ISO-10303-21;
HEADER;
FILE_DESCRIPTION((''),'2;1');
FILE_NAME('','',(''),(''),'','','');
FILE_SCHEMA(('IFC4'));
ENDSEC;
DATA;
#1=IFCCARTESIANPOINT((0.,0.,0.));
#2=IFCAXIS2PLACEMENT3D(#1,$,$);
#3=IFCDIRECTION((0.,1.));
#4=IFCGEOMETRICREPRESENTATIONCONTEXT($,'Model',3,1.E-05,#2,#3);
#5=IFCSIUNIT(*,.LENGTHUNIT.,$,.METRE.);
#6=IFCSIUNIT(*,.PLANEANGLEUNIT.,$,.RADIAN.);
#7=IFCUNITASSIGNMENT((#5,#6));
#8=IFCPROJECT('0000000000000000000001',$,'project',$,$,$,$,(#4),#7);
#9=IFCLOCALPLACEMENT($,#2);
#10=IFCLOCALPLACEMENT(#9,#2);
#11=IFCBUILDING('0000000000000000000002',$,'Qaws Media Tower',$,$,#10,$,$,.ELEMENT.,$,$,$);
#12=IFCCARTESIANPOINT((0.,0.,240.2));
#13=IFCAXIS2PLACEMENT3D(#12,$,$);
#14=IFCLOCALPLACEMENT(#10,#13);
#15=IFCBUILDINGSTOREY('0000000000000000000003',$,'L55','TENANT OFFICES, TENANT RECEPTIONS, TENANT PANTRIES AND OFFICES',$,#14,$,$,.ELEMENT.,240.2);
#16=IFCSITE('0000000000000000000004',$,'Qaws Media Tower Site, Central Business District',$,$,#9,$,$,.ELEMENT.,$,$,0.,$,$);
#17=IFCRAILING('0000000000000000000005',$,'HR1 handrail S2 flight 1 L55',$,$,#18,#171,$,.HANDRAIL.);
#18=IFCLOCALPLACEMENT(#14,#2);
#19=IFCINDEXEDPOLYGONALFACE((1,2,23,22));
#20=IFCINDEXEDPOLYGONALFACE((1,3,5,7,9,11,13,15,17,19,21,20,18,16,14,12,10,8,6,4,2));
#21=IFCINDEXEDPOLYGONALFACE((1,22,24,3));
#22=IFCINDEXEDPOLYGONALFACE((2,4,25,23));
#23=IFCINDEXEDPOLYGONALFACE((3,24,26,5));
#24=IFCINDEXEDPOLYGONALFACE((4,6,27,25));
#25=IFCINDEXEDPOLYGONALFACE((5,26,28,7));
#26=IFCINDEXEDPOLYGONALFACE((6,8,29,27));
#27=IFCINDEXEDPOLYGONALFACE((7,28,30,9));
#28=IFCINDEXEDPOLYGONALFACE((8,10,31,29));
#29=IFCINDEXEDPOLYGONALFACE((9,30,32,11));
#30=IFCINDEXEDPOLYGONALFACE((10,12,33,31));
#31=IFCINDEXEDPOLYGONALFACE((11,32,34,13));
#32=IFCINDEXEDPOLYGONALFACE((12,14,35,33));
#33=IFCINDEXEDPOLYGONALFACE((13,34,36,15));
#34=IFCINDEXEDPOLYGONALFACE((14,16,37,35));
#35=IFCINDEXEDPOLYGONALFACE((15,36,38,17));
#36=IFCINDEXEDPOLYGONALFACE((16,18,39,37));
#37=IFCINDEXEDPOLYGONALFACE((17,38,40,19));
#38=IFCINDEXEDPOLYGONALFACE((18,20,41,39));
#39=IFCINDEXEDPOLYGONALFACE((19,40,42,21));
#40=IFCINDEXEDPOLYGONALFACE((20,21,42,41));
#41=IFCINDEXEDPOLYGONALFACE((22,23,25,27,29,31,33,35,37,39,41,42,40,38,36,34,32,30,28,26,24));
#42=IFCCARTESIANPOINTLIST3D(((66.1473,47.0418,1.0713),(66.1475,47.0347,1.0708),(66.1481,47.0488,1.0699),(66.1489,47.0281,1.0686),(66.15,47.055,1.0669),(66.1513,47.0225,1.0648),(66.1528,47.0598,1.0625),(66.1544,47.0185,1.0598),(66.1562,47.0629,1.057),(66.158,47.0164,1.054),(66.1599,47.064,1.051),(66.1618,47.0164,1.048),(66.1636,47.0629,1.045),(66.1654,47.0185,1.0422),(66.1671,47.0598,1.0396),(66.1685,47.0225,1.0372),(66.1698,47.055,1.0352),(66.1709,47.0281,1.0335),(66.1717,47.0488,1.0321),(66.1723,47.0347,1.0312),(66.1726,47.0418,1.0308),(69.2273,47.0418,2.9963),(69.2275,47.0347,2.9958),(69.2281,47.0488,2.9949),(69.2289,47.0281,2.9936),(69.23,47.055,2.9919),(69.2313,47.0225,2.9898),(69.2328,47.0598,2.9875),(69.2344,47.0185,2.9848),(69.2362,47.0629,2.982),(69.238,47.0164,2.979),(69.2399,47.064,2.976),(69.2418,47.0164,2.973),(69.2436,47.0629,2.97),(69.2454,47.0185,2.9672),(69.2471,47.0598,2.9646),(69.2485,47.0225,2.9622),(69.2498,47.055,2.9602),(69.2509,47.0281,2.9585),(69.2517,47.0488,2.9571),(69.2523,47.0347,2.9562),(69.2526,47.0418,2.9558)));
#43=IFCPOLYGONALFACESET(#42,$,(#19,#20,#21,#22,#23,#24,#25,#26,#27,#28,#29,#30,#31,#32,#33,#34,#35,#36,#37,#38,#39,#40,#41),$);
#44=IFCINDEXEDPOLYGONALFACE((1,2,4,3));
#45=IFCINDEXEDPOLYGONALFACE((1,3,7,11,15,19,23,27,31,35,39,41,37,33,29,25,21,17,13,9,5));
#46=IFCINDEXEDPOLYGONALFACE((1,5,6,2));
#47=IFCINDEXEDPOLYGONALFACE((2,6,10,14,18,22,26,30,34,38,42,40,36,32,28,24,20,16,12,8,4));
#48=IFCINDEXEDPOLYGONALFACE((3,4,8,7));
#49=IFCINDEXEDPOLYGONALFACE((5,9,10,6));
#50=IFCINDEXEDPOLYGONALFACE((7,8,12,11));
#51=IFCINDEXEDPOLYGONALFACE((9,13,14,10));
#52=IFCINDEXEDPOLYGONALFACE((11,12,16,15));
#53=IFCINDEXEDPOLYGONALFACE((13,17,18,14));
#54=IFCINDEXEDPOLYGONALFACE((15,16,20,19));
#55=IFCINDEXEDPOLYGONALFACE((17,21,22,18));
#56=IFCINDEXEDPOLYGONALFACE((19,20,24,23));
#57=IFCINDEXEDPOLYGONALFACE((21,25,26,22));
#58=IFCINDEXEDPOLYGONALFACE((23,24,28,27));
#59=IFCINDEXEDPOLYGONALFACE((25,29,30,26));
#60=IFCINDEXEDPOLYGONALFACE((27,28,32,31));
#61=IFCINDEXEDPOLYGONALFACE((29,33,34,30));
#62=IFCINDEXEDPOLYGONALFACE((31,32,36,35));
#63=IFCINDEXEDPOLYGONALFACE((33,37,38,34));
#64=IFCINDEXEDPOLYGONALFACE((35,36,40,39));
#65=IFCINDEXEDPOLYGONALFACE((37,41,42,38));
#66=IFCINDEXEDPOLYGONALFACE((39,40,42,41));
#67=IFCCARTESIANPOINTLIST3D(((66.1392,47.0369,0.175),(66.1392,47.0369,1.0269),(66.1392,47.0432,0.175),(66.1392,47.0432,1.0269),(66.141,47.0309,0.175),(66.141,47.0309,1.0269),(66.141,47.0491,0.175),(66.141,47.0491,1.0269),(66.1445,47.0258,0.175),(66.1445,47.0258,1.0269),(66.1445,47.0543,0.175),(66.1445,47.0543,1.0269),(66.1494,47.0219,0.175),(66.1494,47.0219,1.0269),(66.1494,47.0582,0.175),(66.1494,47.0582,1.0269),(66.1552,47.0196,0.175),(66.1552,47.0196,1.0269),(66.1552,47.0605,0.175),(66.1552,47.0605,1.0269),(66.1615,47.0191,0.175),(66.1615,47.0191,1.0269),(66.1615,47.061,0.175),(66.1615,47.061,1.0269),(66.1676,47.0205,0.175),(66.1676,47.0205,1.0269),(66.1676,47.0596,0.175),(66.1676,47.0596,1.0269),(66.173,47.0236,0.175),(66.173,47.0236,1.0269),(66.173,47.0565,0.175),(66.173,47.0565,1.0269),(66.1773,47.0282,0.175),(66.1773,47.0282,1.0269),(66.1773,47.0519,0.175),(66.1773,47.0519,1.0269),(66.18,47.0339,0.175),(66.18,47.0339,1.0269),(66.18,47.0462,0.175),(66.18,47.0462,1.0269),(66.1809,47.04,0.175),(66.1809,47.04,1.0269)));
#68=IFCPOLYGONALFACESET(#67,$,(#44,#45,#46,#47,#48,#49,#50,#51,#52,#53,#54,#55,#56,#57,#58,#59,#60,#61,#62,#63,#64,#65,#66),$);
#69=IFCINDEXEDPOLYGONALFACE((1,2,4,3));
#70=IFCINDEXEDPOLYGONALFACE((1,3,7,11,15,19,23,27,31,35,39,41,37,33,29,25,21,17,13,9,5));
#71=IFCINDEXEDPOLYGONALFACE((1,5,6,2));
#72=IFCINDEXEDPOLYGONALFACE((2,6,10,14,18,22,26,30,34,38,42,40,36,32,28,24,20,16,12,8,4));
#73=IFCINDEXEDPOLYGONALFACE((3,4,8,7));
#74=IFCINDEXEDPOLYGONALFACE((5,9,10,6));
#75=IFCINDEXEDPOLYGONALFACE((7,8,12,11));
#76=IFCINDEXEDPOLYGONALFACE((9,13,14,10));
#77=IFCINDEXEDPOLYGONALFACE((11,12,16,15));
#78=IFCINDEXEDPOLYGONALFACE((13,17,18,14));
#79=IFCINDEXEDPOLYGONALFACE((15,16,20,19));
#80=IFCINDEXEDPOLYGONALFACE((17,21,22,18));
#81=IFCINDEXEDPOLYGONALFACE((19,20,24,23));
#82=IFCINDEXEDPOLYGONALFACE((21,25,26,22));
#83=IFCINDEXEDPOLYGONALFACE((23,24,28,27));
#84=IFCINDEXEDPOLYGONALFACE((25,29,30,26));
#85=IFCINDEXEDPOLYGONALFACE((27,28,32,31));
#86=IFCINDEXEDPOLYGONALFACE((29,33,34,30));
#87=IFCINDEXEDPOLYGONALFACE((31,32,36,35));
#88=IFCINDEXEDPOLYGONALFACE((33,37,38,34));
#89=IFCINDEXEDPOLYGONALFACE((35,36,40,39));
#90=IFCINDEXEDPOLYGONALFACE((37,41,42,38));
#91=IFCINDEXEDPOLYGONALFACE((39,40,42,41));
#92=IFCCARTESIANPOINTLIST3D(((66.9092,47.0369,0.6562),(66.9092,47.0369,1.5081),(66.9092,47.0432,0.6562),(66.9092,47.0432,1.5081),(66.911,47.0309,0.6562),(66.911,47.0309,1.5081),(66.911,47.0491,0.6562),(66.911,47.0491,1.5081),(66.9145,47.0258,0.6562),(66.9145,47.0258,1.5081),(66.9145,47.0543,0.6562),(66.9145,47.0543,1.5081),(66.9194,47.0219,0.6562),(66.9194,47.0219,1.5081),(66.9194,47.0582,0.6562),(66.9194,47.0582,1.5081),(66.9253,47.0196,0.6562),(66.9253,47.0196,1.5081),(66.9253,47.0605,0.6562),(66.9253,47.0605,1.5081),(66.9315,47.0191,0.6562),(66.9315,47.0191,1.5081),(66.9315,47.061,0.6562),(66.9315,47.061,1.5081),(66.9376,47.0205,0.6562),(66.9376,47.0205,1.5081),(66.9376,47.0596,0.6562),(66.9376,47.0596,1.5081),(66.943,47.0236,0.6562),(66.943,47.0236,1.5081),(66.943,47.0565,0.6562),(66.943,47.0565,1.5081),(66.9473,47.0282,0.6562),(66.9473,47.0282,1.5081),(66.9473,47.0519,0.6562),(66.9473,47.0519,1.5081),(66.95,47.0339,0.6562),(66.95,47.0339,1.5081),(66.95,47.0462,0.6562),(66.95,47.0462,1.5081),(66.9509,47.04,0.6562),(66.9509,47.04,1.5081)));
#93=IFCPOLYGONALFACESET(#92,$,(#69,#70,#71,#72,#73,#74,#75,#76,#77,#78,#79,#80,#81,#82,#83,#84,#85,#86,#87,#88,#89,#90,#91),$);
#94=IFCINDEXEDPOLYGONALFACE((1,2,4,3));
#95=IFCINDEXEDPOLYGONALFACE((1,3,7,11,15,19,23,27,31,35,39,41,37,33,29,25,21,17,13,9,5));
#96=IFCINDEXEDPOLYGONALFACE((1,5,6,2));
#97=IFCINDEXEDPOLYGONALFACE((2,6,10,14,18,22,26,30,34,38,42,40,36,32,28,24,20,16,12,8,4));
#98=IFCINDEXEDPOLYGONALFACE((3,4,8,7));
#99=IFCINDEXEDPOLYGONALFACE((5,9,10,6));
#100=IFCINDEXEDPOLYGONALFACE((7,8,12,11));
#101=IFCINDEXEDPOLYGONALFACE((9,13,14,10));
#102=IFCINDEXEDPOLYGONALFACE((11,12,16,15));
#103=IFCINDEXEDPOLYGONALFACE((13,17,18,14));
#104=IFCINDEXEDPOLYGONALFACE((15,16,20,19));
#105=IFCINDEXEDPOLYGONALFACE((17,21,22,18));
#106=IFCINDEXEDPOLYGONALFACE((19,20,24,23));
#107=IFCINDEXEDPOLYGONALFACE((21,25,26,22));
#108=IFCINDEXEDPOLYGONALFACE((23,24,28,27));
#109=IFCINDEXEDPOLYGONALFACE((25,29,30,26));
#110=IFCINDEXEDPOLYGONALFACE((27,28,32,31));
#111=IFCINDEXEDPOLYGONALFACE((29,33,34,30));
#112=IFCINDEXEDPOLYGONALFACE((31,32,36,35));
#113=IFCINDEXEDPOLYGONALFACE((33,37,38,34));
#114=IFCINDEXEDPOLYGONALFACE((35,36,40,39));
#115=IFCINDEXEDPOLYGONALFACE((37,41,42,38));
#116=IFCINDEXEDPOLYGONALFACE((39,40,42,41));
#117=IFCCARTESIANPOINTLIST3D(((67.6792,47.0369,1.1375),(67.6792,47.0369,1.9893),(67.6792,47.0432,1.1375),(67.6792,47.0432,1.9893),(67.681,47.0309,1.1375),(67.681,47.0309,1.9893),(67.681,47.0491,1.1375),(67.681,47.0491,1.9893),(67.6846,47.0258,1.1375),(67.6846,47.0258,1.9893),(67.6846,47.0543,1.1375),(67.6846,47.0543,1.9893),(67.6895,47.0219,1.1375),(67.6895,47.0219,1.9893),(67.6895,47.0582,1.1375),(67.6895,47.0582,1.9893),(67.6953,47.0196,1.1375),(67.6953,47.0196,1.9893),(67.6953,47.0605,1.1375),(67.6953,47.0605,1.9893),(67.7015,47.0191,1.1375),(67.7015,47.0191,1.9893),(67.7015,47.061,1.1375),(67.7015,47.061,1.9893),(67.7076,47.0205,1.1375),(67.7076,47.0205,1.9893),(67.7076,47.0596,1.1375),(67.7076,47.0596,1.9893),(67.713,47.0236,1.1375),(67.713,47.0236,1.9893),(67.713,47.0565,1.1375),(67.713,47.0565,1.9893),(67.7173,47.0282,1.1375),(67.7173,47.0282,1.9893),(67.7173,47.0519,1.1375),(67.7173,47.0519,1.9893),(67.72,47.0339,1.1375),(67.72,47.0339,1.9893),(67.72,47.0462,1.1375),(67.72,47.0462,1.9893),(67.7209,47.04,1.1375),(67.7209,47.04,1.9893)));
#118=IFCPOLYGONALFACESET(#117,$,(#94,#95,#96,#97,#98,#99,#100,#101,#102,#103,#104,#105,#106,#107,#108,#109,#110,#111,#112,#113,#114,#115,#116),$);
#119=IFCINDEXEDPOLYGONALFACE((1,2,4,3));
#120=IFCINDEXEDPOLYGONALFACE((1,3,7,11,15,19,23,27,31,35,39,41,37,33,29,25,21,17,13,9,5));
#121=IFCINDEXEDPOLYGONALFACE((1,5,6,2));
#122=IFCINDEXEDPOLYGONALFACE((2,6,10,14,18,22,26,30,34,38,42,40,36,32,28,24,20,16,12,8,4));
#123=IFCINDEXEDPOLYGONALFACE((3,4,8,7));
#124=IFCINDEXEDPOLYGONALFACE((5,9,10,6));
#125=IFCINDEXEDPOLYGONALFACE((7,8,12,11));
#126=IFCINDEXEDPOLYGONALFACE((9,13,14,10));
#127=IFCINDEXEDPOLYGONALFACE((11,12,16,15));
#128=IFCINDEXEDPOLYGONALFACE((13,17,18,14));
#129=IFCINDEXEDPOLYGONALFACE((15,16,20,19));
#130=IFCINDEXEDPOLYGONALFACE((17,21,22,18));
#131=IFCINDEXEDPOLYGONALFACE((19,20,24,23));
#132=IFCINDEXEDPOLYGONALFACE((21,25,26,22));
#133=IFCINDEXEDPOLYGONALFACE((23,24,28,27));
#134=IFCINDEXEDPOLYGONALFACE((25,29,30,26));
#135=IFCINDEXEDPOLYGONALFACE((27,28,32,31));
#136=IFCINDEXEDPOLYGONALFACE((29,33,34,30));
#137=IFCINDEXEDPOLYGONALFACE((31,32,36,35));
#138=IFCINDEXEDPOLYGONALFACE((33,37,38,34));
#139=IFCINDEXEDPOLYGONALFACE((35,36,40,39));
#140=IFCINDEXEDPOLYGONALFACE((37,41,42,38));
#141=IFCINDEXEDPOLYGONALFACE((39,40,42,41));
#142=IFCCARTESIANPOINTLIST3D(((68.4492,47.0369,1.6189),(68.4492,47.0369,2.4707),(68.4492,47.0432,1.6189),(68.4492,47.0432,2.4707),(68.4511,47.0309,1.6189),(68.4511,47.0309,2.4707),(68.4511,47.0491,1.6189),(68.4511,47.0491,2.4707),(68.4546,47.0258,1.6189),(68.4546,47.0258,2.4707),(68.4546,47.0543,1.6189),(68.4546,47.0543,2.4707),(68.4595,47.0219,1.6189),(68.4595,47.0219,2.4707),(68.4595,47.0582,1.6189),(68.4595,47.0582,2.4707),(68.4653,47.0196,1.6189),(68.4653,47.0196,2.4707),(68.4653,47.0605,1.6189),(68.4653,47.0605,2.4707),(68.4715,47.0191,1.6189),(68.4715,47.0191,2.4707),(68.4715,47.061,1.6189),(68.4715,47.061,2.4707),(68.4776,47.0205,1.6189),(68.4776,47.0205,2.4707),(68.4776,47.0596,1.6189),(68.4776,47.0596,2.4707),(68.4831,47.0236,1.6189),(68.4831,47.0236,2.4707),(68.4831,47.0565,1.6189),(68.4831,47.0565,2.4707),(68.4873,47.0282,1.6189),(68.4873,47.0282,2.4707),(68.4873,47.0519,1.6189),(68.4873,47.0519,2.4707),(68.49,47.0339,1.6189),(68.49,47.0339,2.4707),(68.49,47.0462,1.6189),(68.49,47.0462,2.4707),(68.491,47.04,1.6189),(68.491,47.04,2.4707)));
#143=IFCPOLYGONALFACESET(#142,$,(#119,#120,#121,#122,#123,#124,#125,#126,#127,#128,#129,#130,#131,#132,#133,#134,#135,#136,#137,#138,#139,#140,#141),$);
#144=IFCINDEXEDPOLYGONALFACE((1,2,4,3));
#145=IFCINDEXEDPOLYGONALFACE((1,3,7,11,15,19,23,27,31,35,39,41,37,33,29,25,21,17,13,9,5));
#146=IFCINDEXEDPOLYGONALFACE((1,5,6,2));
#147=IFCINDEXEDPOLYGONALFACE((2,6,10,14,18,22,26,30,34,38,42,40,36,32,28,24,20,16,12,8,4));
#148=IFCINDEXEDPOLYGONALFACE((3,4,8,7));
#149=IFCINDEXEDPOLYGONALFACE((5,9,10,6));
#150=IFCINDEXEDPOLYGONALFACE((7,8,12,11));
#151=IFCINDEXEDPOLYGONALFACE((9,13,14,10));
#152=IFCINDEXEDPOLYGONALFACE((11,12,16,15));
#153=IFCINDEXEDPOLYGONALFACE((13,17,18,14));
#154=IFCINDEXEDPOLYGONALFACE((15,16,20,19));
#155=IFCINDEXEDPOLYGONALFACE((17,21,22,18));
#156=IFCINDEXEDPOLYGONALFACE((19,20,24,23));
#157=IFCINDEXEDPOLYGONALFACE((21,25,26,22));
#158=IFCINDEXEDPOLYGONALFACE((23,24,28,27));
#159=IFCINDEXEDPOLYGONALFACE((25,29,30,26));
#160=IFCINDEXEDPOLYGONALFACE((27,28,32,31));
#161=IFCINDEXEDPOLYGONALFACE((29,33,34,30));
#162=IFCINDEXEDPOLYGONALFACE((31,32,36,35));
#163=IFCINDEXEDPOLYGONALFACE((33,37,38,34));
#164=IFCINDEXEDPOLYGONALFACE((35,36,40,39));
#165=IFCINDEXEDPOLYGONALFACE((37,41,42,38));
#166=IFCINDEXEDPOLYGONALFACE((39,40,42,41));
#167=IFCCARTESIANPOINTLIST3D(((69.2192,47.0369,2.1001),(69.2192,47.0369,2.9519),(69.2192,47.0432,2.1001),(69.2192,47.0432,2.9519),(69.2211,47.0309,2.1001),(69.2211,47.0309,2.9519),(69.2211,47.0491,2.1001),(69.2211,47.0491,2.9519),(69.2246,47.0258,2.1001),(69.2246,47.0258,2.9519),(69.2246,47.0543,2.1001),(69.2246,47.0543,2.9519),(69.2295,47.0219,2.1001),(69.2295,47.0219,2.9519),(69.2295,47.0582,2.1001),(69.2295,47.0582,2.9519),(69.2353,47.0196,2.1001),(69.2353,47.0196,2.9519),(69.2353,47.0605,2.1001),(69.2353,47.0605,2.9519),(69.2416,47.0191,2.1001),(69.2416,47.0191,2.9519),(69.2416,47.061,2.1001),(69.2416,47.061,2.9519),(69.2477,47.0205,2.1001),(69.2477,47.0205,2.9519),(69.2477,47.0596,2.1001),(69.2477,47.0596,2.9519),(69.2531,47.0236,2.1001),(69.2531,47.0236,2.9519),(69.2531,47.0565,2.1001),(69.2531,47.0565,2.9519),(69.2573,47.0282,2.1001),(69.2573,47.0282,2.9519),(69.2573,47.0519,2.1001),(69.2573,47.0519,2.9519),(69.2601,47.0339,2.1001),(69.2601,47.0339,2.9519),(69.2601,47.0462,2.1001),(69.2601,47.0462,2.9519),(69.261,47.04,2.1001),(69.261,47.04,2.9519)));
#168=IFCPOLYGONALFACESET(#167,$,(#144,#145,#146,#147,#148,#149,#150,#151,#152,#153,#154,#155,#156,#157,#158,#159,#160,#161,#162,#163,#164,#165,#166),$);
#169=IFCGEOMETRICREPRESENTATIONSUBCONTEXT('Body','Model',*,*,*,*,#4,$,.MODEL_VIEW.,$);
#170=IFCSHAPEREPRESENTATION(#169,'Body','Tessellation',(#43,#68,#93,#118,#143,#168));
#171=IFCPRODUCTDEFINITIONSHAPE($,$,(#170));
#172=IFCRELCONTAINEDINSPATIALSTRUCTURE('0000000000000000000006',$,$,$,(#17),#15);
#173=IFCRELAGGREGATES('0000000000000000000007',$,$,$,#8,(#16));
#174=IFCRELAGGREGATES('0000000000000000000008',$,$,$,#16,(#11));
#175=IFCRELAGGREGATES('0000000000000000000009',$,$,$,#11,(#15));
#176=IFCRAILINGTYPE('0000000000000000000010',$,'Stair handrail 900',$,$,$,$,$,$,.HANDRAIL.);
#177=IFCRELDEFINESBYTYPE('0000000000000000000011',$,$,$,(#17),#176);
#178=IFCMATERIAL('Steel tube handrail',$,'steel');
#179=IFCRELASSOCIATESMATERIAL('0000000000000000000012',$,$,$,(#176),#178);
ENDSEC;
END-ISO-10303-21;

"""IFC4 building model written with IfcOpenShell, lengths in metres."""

from ifc_helpers import new_model, si_unit, direction, frame, origin, origin_2d, place, context, subcontext, project, spatial, circle, extrude, material, type_object, element, save


model = new_model("IFC4")

# Units and contexts
model_context = context("Model", 3, precision=1e-05, world=origin(), true_north=direction((0.0, 1.0)))
body_context = subcontext(model_context, "Body", "Model", "MODEL_VIEW")
ifc_project = project(units=[si_unit("LENGTHUNIT", "METRE"), si_unit("PLANEANGLEUNIT", "RADIAN")], contexts=[model_context])

# Site, building, storey
site_placement = place(None, origin())
site = spatial("IfcSite", under=ifc_project, at=site_placement, Name="Qaws Media Tower Site, Central Business District", CompositionType="ELEMENT", RefElevation=0.0)
building_placement = place(site_placement, origin())
building = spatial("IfcBuilding", under=site, at=building_placement, Name="Qaws Media Tower", CompositionType="ELEMENT")
storey_placement = place(building_placement, frame((0.0, 0.0, 240.2)))
storey = spatial("IfcBuildingStorey", under=building, at=storey_placement, Name="L55", Description="TENANT OFFICES, TENANT RECEPTIONS, TENANT PANTRIES AND OFFICES", CompositionType="ELEMENT", Elevation=240.2)

# Railing
ifc_material_1 = material(Name="Steel tube handrail", Category="steel")
railing_type = type_object("IfcRailingType", Name="Stair handrail 900", PredefinedType="HANDRAIL", material=ifc_material_1)
for number, where, name in (
    (1, (66.1599, 47.04, 0.175), "HR1 handrail S2 flight 1 L55"),
):
    element("IfcRailing", number, at=place(storey_placement, frame(where)), inside=storey, type_object=railing_type, Name=name, PredefinedType="HANDRAIL", context=body_context, shape_type="SweptSolid", body=[
        extrude(circle(Radius=0.0239, at=origin_2d()), frame((0.0, 0.0, 0.876), z_axis=(0.847998, 0.0, 0.529999), x_axis=(0.0, 1.0, 0.0)), (0.0, 0.0, 1.0), 3.6321),
        extrude(circle(Radius=0.021, at=origin_2d()), origin(), (0.0, 0.0, 1.0), 0.8518),
        extrude(circle(Radius=0.021, at=origin_2d()), frame((0.77, 0.0, 0.4812)), (0.0, 0.0, 1.0), 0.8518),
        extrude(circle(Radius=0.021, at=origin_2d()), frame((1.54, 0.0, 0.9624)), (0.0, 0.0, 1.0), 0.8518),
        extrude(circle(Radius=0.021, at=origin_2d()), frame((2.3101, 0.0, 1.4438)), (0.0, 0.0, 1.0), 0.8518),
        extrude(circle(Radius=0.021, at=origin_2d()), frame((3.0801, 0.0, 1.925)), (0.0, 0.0, 1.0), 0.8518),
    ])

save(model, "model.ifc")
